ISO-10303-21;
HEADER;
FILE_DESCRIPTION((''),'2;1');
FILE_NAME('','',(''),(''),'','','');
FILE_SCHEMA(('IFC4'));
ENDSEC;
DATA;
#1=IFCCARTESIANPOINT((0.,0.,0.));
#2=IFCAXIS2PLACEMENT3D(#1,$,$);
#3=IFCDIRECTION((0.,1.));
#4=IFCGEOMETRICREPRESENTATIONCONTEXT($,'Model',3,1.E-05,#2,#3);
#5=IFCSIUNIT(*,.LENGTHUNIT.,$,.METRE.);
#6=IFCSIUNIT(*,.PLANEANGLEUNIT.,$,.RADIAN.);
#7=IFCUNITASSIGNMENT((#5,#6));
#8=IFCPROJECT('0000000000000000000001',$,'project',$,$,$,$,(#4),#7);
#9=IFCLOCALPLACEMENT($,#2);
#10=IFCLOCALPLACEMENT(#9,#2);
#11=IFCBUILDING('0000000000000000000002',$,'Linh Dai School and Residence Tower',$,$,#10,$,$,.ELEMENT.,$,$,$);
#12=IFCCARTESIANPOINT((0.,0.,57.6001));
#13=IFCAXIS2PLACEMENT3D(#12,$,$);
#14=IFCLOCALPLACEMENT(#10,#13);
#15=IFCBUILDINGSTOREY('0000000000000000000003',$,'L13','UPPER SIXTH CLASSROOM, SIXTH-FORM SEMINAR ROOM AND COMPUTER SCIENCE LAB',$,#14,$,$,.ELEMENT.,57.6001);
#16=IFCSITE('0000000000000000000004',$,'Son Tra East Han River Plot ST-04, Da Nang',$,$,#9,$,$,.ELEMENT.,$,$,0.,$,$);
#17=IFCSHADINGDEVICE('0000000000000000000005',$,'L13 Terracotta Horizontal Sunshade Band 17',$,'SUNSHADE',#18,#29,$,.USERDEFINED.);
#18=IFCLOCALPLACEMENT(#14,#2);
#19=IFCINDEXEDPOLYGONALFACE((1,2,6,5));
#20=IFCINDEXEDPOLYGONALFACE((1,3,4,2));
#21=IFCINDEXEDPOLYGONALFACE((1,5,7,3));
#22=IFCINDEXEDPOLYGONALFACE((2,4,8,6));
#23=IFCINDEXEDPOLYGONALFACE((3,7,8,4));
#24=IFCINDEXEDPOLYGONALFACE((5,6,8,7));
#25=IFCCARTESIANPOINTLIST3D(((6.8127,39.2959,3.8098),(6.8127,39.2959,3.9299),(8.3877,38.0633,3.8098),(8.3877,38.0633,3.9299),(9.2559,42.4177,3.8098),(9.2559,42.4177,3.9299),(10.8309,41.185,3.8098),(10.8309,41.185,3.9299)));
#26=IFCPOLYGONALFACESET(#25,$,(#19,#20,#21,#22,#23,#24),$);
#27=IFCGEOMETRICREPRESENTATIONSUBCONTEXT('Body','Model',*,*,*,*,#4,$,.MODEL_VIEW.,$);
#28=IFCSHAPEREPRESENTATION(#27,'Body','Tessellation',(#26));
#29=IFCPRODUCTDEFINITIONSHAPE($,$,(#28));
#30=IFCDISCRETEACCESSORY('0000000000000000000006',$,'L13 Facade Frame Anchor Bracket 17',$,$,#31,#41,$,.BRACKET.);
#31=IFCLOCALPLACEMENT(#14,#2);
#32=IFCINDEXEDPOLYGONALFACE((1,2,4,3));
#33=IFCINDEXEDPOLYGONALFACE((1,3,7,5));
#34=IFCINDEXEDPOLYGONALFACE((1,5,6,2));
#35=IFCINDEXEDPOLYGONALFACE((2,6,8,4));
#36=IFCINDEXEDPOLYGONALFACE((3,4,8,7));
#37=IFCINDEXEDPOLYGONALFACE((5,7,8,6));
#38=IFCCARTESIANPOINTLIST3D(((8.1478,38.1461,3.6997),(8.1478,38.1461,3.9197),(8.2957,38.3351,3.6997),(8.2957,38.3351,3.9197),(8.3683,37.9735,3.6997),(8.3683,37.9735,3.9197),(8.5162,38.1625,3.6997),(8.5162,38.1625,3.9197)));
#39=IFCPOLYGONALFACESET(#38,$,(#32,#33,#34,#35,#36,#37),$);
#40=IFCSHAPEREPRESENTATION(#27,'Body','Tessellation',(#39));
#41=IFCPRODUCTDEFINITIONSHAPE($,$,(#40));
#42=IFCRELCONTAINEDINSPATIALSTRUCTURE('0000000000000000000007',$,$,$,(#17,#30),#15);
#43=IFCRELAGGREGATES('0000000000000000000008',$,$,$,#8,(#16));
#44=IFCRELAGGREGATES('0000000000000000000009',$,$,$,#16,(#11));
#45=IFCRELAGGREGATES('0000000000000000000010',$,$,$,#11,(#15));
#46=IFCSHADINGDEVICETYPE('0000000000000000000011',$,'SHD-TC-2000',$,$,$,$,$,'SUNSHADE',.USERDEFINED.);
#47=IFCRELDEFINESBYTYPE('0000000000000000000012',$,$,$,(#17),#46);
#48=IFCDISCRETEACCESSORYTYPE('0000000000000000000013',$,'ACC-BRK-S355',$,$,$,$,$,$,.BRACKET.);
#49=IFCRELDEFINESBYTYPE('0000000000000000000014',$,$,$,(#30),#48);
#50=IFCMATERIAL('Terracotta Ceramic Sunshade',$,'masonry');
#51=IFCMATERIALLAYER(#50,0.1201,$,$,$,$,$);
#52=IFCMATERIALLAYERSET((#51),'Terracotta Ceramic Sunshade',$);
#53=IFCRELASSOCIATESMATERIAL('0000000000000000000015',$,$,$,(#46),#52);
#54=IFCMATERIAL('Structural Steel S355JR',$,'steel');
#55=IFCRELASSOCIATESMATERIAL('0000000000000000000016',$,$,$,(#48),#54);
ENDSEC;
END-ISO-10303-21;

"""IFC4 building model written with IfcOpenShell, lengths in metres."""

from ifc_helpers import new_model, si_unit, direction, frame, origin, origin_2d, place, context, subcontext, project, spatial, rectangle, extrude, source, transform, mapped, material, layer, layer_set, type_object, element, save


model = new_model("IFC4")

# Units and contexts
model_context = context("Model", 3, precision=1e-05, world=origin(), true_north=direction((0.0, 1.0)))
body_context = subcontext(model_context, "Body", "Model", "MODEL_VIEW")
ifc_project = project(units=[si_unit("LENGTHUNIT", "METRE"), si_unit("PLANEANGLEUNIT", "RADIAN")], contexts=[model_context])

# Site, building, storey
site_placement = place(None, origin())
site = spatial("IfcSite", under=ifc_project, at=site_placement, Name="Son Tra East Han River Plot ST-04, Da Nang", CompositionType="ELEMENT", RefElevation=0.0)
building_placement = place(site_placement, origin())
building = spatial("IfcBuilding", under=site, at=building_placement, Name="Linh Dai School and Residence Tower", CompositionType="ELEMENT")
storey_placement = place(building_placement, frame((0.0, 0.0, 57.6001)))
storey = spatial("IfcBuildingStorey", under=building, at=storey_placement, Name="L13", Description="UPPER SIXTH CLASSROOM, SIXTH-FORM SEMINAR ROOM AND COMPUTER SCIENCE LAB", CompositionType="ELEMENT", Elevation=57.6001)

# Shading device
ifc_material_1 = material(Name="Terracotta Ceramic Sunshade", Category="masonry")
ifc_layer_1 = layer(ifc_material_1, 0.1201)
ifc_layer_set_1 = layer_set([ifc_layer_1], Name="Terracotta Ceramic Sunshade")
shading_device_type = type_object("IfcShadingDeviceType", Name="SHD-TC-2000", ElementType="SUNSHADE", PredefinedType="USERDEFINED", material=ifc_layer_set_1)
shared_shape_1 = source(origin(), body_context, "Body", "SweptSolid", [
    extrude(rectangle(XDim=3.9641, YDim=2.0, at=origin_2d()), origin(), (0.0, 0.0, 1.0), 0.1201),
])
shading_device_placement = place(storey_placement, frame((8.8218, 40.2405, 3.8098), z_axis=(0.0, 0.0, 1.0), x_axis=(0.616319, 0.787496, 0.0)))
element("IfcShadingDevice", 1, at=shading_device_placement, inside=storey, type_object=shading_device_type, Name="L13 Terracotta Horizontal Sunshade Band 17", ObjectType="SUNSHADE", PredefinedType="USERDEFINED", context=body_context, shape_type="MappedRepresentation", body=[
    mapped(shared_shape_1, transform((0.0, 0.0, 0.0), x_axis=(1.0, 0.0, 0.0), y_axis=(0.0, 1.0, 0.0), z_axis=(0.0, 0.0, 1.0), scale=1.0)),
])

# Discrete accessory
ifc_material_2 = material(Name="Structural Steel S355JR", Category="steel")
discrete_accessory_type = type_object("IfcDiscreteAccessoryType", Name="ACC-BRK-S355", PredefinedType="BRACKET", material=ifc_material_2)
shared_shape_2 = source(origin(), body_context, "Body", "SweptSolid", [
    extrude(rectangle(XDim=0.28, YDim=0.24, at=origin_2d()), origin(), (0.0, 0.0, 1.0), 0.22),
])
discrete_accessory_placement = place(storey_placement, frame((8.332, 38.1543, 3.6997), z_axis=(0.0, 0.0, 1.0), x_axis=(-0.787496, 0.616319, 0.0)))
element("IfcDiscreteAccessory", 2, at=discrete_accessory_placement, inside=storey, type_object=discrete_accessory_type, Name="L13 Facade Frame Anchor Bracket 17", PredefinedType="BRACKET", context=body_context, shape_type="MappedRepresentation", body=[
    mapped(shared_shape_2, transform((0.0, 0.0, 0.0), x_axis=(1.0, 0.0, 0.0), y_axis=(0.0, 1.0, 0.0), z_axis=(0.0, 0.0, 1.0), scale=1.0)),
])

save(model, "model.ifc")
